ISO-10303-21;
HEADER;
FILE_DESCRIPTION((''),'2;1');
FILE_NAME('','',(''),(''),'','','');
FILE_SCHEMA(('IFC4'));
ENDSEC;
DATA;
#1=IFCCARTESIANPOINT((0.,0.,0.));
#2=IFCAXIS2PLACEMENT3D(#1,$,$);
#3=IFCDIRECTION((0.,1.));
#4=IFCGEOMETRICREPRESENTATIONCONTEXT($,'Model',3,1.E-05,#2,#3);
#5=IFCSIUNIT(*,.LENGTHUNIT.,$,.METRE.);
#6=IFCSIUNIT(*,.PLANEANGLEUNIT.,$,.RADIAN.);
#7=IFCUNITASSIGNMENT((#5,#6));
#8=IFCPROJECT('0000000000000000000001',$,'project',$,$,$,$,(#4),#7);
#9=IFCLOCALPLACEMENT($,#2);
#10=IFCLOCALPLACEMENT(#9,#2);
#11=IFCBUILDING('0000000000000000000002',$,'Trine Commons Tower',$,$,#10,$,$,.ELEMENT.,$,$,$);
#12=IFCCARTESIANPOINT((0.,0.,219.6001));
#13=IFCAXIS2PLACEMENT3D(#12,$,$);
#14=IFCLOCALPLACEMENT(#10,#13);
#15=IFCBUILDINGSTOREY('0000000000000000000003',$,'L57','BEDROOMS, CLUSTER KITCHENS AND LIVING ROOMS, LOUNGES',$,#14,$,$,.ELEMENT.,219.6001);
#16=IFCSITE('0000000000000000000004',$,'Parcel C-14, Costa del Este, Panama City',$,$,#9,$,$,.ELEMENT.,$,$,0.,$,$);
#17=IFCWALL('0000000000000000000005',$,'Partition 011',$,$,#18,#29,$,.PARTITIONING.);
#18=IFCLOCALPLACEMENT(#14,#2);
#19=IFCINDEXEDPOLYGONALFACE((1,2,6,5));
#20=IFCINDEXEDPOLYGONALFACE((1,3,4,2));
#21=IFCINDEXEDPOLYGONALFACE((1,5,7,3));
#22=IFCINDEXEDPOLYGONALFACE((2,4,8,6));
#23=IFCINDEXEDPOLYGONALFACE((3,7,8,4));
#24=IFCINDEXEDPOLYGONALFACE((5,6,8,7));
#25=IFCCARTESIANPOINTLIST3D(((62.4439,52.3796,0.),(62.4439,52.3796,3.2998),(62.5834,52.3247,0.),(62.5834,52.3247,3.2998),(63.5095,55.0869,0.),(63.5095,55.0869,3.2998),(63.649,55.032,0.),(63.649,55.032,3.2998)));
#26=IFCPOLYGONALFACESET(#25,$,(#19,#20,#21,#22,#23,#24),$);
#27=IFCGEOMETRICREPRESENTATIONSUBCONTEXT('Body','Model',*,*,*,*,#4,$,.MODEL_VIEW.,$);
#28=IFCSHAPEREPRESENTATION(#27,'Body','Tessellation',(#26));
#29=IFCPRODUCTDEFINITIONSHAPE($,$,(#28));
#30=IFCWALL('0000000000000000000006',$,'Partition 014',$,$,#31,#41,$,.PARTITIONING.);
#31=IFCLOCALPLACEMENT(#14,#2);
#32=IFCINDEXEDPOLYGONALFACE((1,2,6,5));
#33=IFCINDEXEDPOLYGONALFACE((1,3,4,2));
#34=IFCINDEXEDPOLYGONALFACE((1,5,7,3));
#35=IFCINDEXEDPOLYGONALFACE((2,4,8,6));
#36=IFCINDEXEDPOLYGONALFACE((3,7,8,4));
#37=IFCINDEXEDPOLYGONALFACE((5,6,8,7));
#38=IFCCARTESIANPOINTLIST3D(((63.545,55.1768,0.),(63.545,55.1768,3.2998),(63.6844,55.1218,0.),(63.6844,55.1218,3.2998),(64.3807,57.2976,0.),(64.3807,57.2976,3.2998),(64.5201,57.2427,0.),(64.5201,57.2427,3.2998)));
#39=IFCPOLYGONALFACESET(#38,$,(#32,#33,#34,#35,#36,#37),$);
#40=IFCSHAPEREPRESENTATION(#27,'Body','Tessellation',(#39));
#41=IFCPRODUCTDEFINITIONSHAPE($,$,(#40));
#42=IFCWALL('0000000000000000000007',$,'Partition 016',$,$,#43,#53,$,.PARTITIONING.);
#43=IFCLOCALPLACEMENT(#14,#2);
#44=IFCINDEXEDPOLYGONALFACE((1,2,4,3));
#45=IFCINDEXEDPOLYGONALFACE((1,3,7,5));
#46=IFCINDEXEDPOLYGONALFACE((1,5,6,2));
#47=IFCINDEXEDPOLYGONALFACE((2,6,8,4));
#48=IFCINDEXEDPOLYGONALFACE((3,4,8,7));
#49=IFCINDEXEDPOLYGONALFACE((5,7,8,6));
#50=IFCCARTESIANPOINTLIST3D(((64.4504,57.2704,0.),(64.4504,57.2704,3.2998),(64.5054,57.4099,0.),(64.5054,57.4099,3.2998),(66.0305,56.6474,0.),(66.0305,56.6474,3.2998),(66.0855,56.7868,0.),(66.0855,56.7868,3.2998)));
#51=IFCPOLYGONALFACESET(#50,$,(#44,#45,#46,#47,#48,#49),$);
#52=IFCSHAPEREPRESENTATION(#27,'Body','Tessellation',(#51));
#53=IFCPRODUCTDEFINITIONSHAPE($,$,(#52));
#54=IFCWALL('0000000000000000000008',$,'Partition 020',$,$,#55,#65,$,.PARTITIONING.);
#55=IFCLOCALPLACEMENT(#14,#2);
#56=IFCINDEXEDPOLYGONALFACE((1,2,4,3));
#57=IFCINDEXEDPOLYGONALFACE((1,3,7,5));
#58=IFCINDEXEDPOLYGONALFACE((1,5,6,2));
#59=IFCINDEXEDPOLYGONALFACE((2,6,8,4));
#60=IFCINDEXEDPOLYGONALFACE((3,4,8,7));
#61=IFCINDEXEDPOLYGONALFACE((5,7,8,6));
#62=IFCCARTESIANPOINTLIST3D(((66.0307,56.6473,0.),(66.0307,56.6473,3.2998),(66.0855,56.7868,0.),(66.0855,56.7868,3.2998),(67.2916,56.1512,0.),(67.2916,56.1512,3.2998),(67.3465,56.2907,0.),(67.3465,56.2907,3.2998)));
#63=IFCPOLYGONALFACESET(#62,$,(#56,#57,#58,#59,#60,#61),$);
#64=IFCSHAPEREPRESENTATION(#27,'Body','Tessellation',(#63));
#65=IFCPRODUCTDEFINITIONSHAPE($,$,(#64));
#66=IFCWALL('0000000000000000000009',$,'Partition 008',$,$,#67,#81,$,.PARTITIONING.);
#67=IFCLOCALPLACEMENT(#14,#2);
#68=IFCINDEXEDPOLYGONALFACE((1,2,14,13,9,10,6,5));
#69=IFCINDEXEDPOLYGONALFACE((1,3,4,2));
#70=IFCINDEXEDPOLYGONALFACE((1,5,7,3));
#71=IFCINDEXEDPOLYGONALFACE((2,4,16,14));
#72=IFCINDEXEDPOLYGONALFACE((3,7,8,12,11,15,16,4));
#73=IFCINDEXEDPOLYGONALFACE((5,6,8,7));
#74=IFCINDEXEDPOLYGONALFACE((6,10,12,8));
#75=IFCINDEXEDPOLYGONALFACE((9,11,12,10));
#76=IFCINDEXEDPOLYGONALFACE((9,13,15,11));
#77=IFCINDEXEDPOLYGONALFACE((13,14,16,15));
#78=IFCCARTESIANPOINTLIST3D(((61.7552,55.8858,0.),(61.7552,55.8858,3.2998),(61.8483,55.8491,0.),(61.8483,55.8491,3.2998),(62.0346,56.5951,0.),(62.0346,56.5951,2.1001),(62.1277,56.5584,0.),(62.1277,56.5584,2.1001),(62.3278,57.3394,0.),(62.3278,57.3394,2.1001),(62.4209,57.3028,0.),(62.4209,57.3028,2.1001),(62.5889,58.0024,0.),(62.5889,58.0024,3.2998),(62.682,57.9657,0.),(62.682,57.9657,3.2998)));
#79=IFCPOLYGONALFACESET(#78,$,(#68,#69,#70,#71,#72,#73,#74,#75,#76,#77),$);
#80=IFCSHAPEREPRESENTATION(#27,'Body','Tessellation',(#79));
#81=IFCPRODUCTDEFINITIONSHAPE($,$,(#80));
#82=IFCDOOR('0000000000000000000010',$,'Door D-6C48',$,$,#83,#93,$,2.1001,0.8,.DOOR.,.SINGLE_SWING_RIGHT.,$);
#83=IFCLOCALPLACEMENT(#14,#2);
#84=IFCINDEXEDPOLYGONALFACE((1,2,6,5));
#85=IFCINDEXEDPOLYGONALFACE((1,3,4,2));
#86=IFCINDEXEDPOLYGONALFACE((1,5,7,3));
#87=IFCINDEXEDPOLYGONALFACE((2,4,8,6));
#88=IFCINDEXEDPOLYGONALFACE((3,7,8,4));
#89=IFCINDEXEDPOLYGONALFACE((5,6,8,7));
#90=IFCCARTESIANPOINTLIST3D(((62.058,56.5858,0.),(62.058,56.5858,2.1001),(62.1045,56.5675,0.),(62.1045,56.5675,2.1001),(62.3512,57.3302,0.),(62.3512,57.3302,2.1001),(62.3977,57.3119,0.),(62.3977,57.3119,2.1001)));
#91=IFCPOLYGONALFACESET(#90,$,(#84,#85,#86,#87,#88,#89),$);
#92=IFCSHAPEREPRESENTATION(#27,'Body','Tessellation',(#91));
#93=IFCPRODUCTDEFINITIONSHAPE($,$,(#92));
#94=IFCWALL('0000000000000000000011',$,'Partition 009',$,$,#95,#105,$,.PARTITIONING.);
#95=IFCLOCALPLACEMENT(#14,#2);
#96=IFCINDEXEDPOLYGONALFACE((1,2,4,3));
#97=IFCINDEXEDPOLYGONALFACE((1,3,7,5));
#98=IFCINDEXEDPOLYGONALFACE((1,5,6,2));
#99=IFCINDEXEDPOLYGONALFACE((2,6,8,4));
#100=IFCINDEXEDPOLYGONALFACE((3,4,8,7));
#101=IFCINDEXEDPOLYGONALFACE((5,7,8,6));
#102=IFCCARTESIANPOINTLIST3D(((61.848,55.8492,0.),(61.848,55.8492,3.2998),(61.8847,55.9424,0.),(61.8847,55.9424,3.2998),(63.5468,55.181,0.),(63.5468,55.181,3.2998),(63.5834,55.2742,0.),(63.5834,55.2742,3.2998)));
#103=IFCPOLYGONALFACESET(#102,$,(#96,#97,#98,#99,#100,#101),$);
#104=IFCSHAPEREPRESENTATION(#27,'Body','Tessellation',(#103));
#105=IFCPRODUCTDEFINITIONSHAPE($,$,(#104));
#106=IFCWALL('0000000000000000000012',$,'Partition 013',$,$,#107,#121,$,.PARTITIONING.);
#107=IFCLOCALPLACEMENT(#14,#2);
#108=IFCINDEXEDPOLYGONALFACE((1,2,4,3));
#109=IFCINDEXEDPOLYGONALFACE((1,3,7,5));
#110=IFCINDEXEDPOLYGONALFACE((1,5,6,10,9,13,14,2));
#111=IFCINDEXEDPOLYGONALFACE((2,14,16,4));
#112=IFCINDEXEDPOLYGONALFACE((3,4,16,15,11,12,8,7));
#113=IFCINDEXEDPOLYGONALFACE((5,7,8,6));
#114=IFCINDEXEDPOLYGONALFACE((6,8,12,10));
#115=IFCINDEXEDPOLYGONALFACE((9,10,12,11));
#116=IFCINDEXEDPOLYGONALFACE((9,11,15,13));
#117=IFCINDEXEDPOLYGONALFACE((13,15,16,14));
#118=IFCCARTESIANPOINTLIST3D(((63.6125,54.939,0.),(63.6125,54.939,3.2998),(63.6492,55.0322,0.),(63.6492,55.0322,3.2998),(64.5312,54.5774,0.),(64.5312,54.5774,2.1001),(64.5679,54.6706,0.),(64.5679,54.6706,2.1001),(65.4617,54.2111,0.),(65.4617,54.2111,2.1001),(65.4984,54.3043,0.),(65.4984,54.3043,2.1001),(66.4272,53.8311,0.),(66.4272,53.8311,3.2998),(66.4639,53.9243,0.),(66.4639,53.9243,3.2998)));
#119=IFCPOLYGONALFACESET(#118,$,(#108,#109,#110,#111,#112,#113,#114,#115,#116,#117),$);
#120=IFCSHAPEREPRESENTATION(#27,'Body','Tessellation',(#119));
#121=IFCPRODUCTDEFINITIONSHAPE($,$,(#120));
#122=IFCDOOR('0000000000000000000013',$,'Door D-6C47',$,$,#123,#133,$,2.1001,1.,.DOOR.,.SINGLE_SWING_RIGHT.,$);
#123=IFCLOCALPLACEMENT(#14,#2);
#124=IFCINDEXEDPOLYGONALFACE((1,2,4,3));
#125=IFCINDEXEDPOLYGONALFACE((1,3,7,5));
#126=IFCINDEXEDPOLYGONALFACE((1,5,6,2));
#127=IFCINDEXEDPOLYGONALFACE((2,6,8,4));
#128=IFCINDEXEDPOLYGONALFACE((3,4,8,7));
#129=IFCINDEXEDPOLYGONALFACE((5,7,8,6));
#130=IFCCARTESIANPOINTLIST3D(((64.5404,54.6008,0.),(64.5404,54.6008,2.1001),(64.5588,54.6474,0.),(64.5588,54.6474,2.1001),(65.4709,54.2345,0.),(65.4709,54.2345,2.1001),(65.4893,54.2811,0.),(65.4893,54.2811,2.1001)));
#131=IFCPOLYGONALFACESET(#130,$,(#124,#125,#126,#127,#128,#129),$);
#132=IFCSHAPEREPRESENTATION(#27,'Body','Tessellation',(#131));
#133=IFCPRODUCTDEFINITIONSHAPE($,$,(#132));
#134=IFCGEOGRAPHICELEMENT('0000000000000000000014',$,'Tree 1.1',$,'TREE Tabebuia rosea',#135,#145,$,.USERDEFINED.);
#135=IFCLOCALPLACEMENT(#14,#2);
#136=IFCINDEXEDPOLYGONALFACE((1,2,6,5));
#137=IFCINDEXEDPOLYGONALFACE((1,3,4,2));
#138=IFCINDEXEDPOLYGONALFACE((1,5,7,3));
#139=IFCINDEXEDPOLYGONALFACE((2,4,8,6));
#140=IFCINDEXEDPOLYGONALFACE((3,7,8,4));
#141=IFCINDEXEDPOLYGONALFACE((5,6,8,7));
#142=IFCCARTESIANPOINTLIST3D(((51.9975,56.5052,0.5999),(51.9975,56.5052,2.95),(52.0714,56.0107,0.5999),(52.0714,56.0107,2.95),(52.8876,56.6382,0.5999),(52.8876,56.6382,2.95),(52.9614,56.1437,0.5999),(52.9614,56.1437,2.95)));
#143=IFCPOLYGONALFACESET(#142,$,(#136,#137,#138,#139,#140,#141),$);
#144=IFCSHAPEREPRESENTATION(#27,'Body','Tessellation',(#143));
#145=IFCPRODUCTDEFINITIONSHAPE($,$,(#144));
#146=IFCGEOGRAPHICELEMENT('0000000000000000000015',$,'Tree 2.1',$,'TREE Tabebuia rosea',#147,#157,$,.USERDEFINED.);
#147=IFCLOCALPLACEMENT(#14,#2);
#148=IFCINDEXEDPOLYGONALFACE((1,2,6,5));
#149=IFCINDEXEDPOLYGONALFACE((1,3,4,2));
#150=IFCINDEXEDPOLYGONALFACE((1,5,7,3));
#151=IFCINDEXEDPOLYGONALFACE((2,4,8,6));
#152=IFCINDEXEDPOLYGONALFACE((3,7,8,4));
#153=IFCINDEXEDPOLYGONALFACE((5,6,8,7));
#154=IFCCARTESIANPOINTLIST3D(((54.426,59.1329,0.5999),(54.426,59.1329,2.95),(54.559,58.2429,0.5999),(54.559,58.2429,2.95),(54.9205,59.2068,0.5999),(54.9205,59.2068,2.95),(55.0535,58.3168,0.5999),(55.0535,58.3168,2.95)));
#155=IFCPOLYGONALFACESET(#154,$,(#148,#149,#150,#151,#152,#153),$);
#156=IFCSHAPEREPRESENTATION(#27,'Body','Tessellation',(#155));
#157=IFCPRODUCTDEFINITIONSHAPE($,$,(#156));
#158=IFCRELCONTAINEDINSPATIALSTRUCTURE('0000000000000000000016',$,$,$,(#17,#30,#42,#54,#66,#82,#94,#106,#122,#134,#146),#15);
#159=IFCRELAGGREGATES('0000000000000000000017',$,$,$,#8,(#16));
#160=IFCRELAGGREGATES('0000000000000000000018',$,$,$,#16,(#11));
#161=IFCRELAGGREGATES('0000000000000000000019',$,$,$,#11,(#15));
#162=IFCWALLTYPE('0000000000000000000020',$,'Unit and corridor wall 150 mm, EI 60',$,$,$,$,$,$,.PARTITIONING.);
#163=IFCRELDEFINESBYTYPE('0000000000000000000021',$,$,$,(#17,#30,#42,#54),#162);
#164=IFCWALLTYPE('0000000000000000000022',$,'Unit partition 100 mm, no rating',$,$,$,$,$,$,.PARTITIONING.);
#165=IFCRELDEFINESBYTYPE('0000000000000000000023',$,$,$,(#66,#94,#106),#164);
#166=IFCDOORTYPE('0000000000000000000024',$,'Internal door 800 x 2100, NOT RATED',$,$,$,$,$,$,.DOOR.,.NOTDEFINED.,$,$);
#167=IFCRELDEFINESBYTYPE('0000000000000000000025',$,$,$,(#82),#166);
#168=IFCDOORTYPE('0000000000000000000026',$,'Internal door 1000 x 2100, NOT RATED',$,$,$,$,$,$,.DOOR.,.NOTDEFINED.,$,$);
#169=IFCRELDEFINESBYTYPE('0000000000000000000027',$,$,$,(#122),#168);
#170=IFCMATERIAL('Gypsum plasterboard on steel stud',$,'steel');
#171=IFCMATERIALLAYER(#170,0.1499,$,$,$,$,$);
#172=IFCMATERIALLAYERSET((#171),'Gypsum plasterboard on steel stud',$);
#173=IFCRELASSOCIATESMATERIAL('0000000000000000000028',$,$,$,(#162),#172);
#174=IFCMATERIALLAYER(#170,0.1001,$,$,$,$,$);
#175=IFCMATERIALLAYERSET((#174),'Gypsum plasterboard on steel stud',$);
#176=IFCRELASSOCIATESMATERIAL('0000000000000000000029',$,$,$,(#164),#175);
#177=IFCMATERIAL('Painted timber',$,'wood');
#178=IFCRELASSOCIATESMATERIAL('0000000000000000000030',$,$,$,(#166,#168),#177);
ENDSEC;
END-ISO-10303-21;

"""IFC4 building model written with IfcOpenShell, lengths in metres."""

from ifc_helpers import new_model, si_unit, direction, frame, frame_2d, origin, origin_2d, place, context, subcontext, project, spatial, rectangle, extrude, material, layer, layer_set, type_object, element, fill, save


model = new_model("IFC4")

# Units and contexts
model_context = context("Model", 3, precision=1e-05, world=origin(), true_north=direction((0.0, 1.0)))
body_context = subcontext(model_context, "Body", "Model", "MODEL_VIEW")
ifc_project = project(units=[si_unit("LENGTHUNIT", "METRE"), si_unit("PLANEANGLEUNIT", "RADIAN")], contexts=[model_context])

# Site, building, storey
site_placement = place(None, origin())
site = spatial("IfcSite", under=ifc_project, at=site_placement, Name="Parcel C-14, Costa del Este, Panama City", CompositionType="ELEMENT", RefElevation=0.0)
building_placement = place(site_placement, origin())
building = spatial("IfcBuilding", under=site, at=building_placement, Name="Trine Commons Tower", CompositionType="ELEMENT")
storey_placement = place(building_placement, frame((0.0, 0.0, 219.6001)))
storey = spatial("IfcBuildingStorey", under=building, at=storey_placement, Name="L57", Description="BEDROOMS, CLUSTER KITCHENS AND LIVING ROOMS, LOUNGES", CompositionType="ELEMENT", Elevation=219.6001)

# Shared definitions
ifc_material_1 = material(Name="Gypsum plasterboard on steel stud", Category="steel")
ifc_layer_1 = layer(ifc_material_1, 0.1499)
ifc_layer_set_1 = layer_set([ifc_layer_1], Name="Gypsum plasterboard on steel stud")
wall_type_1 = type_object("IfcWallType", Name="Unit and corridor wall 150 mm, EI 60", PredefinedType="PARTITIONING", material=ifc_layer_set_1)

# Walls
wall_1_placement = place(storey_placement, frame((62.5137, 52.3523, 0.0), z_axis=(0.0, 0.0, 1.0), x_axis=(0.366278, 0.930505, 0.0)))
element("IfcWall", 1, at=wall_1_placement, inside=storey, type_object=wall_type_1, Name="Partition 011", PredefinedType="PARTITIONING", context=body_context, shape_type="SweptSolid", body=[
    extrude(rectangle(XDim=2.9094, YDim=0.1499, at=frame_2d((1.4546, 0.0))), origin(), (0.0, 0.0, 1.0), 3.2998),
])
wall_2_placement = place(storey_placement, frame((63.6147, 55.1494, 0.0), z_axis=(0.0, 0.0, 1.0), x_axis=(0.366603, 0.930377, 0.0)))
element("IfcWall", 2, at=wall_2_placement, inside=storey, type_object=wall_type_1, Name="Partition 014", PredefinedType="PARTITIONING", context=body_context, shape_type="SweptSolid", body=[
    extrude(rectangle(XDim=2.2795, YDim=0.1499, at=frame_2d((1.1396, 0.0))), origin(), (0.0, 0.0, 1.0), 3.2998),
])
wall_3_placement = place(storey_placement, frame((64.478, 57.3401, 0.0), z_axis=(0.0, 0.0, 1.0), x_axis=(0.93029, -0.366826, 0.0)))
element("IfcWall", 3, at=wall_3_placement, inside=storey, type_object=wall_type_1, Name="Partition 016", PredefinedType="PARTITIONING", context=body_context, shape_type="SweptSolid", body=[
    extrude(rectangle(XDim=1.6985, YDim=0.1499, at=frame_2d((0.8491, 0.0))), origin(), (0.0, 0.0, 1.0), 3.2998),
])
wall_4_placement = place(storey_placement, frame((66.0581, 56.717, 0.0), z_axis=(0.0, 0.0, 1.0), x_axis=(0.930574, -0.366104, 0.0)))
element("IfcWall", 4, at=wall_4_placement, inside=storey, type_object=wall_type_1, Name="Partition 020", PredefinedType="PARTITIONING", context=body_context, shape_type="SweptSolid", body=[
    extrude(rectangle(XDim=1.355, YDim=0.1499, at=frame_2d((0.6775, 0.0))), origin(), (0.0, 0.0, 1.0), 3.2998),
])

# Wall, opening, door
ifc_layer_2 = layer(ifc_material_1, 0.1001)
ifc_layer_set_2 = layer_set([ifc_layer_2], Name="Gypsum plasterboard on steel stud")
wall_type_2 = type_object("IfcWallType", Name="Unit partition 100 mm, no rating", PredefinedType="PARTITIONING", material=ifc_layer_set_2)
wall_5_placement = place(storey_placement, frame((61.8018, 55.8674, 0.0), z_axis=(0.0, 0.0, 1.0), x_axis=(0.366482, 0.930425, 0.0)))
wall_5 = element("IfcWall", 5, at=wall_5_placement, inside=storey, type_object=wall_type_2, Name="Partition 008", PredefinedType="PARTITIONING", context=body_context, shape_type="SweptSolid", body=[
    extrude(rectangle(XDim=2.2749, YDim=0.1001, at=frame_2d((1.1375, 0.0))), origin(), (0.0, 0.0, 1.0), 3.2998),
])
opening_1_placement = place(wall_5_placement, frame((0.7625, 0.0, 0.0)))
opening_1 = element("IfcOpeningElement", 6, at=opening_1_placement, cuts=wall_5, PredefinedType="OPENING", context=body_context, shape_type="SweptSolid", body=[
    extrude(rectangle(XDim=0.8, YDim=2.1001, at=frame_2d((0.3999, 1.05))), frame((0.0, 0.0601, 0.0), z_axis=(0.0, -1.0, 0.0), x_axis=(1.0, 0.0, 0.0)), (0.0, 0.0, 1.0), 0.1201),
])
ifc_material_2 = material(Name="Painted timber", Category="wood")
door_type_1 = type_object("IfcDoorType", Name="Internal door 800 x 2100, NOT RATED", OperationType="NOTDEFINED", PredefinedType="DOOR", material=ifc_material_2)
door_1_placement = place(opening_1_placement, origin())
door_1 = element("IfcDoor", 7, at=door_1_placement, inside=storey, type_object=door_type_1, Name="Door D-6C48", OperationType="SINGLE_SWING_RIGHT", OverallHeight=2.1001, OverallWidth=0.8, PredefinedType="DOOR", context=body_context, shape_type="SweptSolid", body=[
    extrude(rectangle(XDim=0.8, YDim=2.1001, at=frame_2d((0.3999, 1.05))), frame((0.0, 0.0249, 0.0), z_axis=(0.0, -1.0, 0.0), x_axis=(1.0, 0.0, 0.0)), (0.0, 0.0, 1.0), 0.05),
])
fill(opening_1, door_1)

# Wall
wall_6_placement = place(storey_placement, frame((61.8665, 55.8958, 0.0), z_axis=(0.0, 0.0, 1.0), x_axis=(0.930592, -0.366058, 0.0)))
element("IfcWall", 8, at=wall_6_placement, inside=storey, type_object=wall_type_2, Name="Partition 009", PredefinedType="PARTITIONING", context=body_context, shape_type="SweptSolid", body=[
    extrude(rectangle(XDim=1.8254, YDim=0.1001, at=frame_2d((0.9126, 0.0))), origin(), (0.0, 0.0, 1.0), 3.2998),
])

# Wall, opening, door
wall_7_placement = place(storey_placement, frame((63.6309, 54.9856, 0.0), z_axis=(0.0, 0.0, 1.0), x_axis=(0.930511, -0.366264, 0.0)))
wall_7 = element("IfcWall", 9, at=wall_7_placement, inside=storey, type_object=wall_type_2, Name="Partition 013", PredefinedType="PARTITIONING", context=body_context, shape_type="SweptSolid", body=[
    extrude(rectangle(XDim=3.0249, YDim=0.1001, at=frame_2d((1.5125, 0.0))), origin(), (0.0, 0.0, 1.0), 3.2998),
])
opening_2_placement = place(wall_7_placement, frame((0.9873, 0.0, 0.0)))
opening_2 = element("IfcOpeningElement", 10, at=opening_2_placement, cuts=wall_7, PredefinedType="OPENING", context=body_context, shape_type="SweptSolid", body=[
    extrude(rectangle(XDim=1.0, YDim=2.1001, at=frame_2d((0.5, 1.05))), frame((0.0, 0.0601, 0.0), z_axis=(0.0, -1.0, 0.0), x_axis=(1.0, 0.0, 0.0)), (0.0, 0.0, 1.0), 0.1201),
])
door_type_2 = type_object("IfcDoorType", Name="Internal door 1000 x 2100, NOT RATED", OperationType="NOTDEFINED", PredefinedType="DOOR", material=ifc_material_2)
door_2_placement = place(opening_2_placement, frame((1.0, 0.0, 0.0), z_axis=(0.0, 0.0, 1.0), x_axis=(-1.0, 0.0, 0.0)))
door_2 = element("IfcDoor", 11, at=door_2_placement, inside=storey, type_object=door_type_2, Name="Door D-6C47", OperationType="SINGLE_SWING_RIGHT", OverallHeight=2.1001, OverallWidth=1.0, PredefinedType="DOOR", context=body_context, shape_type="SweptSolid", body=[
    extrude(rectangle(XDim=1.0, YDim=2.1001, at=frame_2d((0.5, 1.05))), frame((0.0, 0.0249, 0.0), z_axis=(0.0, -1.0, 0.0), x_axis=(1.0, 0.0, 0.0)), (0.0, 0.0, 1.0), 0.05),
])
fill(opening_2, door_2)

# Geographic elements
for number, where, z_axis, x_axis, name in (
    (12, (52.4795, 56.3245, 0.5999), (0.0, 0.0, 1.0), (0.989019, 0.14779, 0.0), "Tree 1.1"),
    (13, (54.7397, 58.7249, 0.5999), (0.0, 0.0, 1.0), (-0.147813, 0.989015, 0.0), "Tree 2.1"),
):
    element("IfcGeographicElement", number, at=place(storey_placement, frame(where, z_axis=z_axis, x_axis=x_axis)), inside=storey, Name=name, ObjectType="TREE Tabebuia rosea", PredefinedType="USERDEFINED", context=body_context, shape_type="SweptSolid", body=[
        extrude(rectangle(XDim=0.8999, YDim=0.5, at=origin_2d()), origin(), (0.0, 0.0, 1.0), 2.3501),
    ])

save(model, "model.ifc")
